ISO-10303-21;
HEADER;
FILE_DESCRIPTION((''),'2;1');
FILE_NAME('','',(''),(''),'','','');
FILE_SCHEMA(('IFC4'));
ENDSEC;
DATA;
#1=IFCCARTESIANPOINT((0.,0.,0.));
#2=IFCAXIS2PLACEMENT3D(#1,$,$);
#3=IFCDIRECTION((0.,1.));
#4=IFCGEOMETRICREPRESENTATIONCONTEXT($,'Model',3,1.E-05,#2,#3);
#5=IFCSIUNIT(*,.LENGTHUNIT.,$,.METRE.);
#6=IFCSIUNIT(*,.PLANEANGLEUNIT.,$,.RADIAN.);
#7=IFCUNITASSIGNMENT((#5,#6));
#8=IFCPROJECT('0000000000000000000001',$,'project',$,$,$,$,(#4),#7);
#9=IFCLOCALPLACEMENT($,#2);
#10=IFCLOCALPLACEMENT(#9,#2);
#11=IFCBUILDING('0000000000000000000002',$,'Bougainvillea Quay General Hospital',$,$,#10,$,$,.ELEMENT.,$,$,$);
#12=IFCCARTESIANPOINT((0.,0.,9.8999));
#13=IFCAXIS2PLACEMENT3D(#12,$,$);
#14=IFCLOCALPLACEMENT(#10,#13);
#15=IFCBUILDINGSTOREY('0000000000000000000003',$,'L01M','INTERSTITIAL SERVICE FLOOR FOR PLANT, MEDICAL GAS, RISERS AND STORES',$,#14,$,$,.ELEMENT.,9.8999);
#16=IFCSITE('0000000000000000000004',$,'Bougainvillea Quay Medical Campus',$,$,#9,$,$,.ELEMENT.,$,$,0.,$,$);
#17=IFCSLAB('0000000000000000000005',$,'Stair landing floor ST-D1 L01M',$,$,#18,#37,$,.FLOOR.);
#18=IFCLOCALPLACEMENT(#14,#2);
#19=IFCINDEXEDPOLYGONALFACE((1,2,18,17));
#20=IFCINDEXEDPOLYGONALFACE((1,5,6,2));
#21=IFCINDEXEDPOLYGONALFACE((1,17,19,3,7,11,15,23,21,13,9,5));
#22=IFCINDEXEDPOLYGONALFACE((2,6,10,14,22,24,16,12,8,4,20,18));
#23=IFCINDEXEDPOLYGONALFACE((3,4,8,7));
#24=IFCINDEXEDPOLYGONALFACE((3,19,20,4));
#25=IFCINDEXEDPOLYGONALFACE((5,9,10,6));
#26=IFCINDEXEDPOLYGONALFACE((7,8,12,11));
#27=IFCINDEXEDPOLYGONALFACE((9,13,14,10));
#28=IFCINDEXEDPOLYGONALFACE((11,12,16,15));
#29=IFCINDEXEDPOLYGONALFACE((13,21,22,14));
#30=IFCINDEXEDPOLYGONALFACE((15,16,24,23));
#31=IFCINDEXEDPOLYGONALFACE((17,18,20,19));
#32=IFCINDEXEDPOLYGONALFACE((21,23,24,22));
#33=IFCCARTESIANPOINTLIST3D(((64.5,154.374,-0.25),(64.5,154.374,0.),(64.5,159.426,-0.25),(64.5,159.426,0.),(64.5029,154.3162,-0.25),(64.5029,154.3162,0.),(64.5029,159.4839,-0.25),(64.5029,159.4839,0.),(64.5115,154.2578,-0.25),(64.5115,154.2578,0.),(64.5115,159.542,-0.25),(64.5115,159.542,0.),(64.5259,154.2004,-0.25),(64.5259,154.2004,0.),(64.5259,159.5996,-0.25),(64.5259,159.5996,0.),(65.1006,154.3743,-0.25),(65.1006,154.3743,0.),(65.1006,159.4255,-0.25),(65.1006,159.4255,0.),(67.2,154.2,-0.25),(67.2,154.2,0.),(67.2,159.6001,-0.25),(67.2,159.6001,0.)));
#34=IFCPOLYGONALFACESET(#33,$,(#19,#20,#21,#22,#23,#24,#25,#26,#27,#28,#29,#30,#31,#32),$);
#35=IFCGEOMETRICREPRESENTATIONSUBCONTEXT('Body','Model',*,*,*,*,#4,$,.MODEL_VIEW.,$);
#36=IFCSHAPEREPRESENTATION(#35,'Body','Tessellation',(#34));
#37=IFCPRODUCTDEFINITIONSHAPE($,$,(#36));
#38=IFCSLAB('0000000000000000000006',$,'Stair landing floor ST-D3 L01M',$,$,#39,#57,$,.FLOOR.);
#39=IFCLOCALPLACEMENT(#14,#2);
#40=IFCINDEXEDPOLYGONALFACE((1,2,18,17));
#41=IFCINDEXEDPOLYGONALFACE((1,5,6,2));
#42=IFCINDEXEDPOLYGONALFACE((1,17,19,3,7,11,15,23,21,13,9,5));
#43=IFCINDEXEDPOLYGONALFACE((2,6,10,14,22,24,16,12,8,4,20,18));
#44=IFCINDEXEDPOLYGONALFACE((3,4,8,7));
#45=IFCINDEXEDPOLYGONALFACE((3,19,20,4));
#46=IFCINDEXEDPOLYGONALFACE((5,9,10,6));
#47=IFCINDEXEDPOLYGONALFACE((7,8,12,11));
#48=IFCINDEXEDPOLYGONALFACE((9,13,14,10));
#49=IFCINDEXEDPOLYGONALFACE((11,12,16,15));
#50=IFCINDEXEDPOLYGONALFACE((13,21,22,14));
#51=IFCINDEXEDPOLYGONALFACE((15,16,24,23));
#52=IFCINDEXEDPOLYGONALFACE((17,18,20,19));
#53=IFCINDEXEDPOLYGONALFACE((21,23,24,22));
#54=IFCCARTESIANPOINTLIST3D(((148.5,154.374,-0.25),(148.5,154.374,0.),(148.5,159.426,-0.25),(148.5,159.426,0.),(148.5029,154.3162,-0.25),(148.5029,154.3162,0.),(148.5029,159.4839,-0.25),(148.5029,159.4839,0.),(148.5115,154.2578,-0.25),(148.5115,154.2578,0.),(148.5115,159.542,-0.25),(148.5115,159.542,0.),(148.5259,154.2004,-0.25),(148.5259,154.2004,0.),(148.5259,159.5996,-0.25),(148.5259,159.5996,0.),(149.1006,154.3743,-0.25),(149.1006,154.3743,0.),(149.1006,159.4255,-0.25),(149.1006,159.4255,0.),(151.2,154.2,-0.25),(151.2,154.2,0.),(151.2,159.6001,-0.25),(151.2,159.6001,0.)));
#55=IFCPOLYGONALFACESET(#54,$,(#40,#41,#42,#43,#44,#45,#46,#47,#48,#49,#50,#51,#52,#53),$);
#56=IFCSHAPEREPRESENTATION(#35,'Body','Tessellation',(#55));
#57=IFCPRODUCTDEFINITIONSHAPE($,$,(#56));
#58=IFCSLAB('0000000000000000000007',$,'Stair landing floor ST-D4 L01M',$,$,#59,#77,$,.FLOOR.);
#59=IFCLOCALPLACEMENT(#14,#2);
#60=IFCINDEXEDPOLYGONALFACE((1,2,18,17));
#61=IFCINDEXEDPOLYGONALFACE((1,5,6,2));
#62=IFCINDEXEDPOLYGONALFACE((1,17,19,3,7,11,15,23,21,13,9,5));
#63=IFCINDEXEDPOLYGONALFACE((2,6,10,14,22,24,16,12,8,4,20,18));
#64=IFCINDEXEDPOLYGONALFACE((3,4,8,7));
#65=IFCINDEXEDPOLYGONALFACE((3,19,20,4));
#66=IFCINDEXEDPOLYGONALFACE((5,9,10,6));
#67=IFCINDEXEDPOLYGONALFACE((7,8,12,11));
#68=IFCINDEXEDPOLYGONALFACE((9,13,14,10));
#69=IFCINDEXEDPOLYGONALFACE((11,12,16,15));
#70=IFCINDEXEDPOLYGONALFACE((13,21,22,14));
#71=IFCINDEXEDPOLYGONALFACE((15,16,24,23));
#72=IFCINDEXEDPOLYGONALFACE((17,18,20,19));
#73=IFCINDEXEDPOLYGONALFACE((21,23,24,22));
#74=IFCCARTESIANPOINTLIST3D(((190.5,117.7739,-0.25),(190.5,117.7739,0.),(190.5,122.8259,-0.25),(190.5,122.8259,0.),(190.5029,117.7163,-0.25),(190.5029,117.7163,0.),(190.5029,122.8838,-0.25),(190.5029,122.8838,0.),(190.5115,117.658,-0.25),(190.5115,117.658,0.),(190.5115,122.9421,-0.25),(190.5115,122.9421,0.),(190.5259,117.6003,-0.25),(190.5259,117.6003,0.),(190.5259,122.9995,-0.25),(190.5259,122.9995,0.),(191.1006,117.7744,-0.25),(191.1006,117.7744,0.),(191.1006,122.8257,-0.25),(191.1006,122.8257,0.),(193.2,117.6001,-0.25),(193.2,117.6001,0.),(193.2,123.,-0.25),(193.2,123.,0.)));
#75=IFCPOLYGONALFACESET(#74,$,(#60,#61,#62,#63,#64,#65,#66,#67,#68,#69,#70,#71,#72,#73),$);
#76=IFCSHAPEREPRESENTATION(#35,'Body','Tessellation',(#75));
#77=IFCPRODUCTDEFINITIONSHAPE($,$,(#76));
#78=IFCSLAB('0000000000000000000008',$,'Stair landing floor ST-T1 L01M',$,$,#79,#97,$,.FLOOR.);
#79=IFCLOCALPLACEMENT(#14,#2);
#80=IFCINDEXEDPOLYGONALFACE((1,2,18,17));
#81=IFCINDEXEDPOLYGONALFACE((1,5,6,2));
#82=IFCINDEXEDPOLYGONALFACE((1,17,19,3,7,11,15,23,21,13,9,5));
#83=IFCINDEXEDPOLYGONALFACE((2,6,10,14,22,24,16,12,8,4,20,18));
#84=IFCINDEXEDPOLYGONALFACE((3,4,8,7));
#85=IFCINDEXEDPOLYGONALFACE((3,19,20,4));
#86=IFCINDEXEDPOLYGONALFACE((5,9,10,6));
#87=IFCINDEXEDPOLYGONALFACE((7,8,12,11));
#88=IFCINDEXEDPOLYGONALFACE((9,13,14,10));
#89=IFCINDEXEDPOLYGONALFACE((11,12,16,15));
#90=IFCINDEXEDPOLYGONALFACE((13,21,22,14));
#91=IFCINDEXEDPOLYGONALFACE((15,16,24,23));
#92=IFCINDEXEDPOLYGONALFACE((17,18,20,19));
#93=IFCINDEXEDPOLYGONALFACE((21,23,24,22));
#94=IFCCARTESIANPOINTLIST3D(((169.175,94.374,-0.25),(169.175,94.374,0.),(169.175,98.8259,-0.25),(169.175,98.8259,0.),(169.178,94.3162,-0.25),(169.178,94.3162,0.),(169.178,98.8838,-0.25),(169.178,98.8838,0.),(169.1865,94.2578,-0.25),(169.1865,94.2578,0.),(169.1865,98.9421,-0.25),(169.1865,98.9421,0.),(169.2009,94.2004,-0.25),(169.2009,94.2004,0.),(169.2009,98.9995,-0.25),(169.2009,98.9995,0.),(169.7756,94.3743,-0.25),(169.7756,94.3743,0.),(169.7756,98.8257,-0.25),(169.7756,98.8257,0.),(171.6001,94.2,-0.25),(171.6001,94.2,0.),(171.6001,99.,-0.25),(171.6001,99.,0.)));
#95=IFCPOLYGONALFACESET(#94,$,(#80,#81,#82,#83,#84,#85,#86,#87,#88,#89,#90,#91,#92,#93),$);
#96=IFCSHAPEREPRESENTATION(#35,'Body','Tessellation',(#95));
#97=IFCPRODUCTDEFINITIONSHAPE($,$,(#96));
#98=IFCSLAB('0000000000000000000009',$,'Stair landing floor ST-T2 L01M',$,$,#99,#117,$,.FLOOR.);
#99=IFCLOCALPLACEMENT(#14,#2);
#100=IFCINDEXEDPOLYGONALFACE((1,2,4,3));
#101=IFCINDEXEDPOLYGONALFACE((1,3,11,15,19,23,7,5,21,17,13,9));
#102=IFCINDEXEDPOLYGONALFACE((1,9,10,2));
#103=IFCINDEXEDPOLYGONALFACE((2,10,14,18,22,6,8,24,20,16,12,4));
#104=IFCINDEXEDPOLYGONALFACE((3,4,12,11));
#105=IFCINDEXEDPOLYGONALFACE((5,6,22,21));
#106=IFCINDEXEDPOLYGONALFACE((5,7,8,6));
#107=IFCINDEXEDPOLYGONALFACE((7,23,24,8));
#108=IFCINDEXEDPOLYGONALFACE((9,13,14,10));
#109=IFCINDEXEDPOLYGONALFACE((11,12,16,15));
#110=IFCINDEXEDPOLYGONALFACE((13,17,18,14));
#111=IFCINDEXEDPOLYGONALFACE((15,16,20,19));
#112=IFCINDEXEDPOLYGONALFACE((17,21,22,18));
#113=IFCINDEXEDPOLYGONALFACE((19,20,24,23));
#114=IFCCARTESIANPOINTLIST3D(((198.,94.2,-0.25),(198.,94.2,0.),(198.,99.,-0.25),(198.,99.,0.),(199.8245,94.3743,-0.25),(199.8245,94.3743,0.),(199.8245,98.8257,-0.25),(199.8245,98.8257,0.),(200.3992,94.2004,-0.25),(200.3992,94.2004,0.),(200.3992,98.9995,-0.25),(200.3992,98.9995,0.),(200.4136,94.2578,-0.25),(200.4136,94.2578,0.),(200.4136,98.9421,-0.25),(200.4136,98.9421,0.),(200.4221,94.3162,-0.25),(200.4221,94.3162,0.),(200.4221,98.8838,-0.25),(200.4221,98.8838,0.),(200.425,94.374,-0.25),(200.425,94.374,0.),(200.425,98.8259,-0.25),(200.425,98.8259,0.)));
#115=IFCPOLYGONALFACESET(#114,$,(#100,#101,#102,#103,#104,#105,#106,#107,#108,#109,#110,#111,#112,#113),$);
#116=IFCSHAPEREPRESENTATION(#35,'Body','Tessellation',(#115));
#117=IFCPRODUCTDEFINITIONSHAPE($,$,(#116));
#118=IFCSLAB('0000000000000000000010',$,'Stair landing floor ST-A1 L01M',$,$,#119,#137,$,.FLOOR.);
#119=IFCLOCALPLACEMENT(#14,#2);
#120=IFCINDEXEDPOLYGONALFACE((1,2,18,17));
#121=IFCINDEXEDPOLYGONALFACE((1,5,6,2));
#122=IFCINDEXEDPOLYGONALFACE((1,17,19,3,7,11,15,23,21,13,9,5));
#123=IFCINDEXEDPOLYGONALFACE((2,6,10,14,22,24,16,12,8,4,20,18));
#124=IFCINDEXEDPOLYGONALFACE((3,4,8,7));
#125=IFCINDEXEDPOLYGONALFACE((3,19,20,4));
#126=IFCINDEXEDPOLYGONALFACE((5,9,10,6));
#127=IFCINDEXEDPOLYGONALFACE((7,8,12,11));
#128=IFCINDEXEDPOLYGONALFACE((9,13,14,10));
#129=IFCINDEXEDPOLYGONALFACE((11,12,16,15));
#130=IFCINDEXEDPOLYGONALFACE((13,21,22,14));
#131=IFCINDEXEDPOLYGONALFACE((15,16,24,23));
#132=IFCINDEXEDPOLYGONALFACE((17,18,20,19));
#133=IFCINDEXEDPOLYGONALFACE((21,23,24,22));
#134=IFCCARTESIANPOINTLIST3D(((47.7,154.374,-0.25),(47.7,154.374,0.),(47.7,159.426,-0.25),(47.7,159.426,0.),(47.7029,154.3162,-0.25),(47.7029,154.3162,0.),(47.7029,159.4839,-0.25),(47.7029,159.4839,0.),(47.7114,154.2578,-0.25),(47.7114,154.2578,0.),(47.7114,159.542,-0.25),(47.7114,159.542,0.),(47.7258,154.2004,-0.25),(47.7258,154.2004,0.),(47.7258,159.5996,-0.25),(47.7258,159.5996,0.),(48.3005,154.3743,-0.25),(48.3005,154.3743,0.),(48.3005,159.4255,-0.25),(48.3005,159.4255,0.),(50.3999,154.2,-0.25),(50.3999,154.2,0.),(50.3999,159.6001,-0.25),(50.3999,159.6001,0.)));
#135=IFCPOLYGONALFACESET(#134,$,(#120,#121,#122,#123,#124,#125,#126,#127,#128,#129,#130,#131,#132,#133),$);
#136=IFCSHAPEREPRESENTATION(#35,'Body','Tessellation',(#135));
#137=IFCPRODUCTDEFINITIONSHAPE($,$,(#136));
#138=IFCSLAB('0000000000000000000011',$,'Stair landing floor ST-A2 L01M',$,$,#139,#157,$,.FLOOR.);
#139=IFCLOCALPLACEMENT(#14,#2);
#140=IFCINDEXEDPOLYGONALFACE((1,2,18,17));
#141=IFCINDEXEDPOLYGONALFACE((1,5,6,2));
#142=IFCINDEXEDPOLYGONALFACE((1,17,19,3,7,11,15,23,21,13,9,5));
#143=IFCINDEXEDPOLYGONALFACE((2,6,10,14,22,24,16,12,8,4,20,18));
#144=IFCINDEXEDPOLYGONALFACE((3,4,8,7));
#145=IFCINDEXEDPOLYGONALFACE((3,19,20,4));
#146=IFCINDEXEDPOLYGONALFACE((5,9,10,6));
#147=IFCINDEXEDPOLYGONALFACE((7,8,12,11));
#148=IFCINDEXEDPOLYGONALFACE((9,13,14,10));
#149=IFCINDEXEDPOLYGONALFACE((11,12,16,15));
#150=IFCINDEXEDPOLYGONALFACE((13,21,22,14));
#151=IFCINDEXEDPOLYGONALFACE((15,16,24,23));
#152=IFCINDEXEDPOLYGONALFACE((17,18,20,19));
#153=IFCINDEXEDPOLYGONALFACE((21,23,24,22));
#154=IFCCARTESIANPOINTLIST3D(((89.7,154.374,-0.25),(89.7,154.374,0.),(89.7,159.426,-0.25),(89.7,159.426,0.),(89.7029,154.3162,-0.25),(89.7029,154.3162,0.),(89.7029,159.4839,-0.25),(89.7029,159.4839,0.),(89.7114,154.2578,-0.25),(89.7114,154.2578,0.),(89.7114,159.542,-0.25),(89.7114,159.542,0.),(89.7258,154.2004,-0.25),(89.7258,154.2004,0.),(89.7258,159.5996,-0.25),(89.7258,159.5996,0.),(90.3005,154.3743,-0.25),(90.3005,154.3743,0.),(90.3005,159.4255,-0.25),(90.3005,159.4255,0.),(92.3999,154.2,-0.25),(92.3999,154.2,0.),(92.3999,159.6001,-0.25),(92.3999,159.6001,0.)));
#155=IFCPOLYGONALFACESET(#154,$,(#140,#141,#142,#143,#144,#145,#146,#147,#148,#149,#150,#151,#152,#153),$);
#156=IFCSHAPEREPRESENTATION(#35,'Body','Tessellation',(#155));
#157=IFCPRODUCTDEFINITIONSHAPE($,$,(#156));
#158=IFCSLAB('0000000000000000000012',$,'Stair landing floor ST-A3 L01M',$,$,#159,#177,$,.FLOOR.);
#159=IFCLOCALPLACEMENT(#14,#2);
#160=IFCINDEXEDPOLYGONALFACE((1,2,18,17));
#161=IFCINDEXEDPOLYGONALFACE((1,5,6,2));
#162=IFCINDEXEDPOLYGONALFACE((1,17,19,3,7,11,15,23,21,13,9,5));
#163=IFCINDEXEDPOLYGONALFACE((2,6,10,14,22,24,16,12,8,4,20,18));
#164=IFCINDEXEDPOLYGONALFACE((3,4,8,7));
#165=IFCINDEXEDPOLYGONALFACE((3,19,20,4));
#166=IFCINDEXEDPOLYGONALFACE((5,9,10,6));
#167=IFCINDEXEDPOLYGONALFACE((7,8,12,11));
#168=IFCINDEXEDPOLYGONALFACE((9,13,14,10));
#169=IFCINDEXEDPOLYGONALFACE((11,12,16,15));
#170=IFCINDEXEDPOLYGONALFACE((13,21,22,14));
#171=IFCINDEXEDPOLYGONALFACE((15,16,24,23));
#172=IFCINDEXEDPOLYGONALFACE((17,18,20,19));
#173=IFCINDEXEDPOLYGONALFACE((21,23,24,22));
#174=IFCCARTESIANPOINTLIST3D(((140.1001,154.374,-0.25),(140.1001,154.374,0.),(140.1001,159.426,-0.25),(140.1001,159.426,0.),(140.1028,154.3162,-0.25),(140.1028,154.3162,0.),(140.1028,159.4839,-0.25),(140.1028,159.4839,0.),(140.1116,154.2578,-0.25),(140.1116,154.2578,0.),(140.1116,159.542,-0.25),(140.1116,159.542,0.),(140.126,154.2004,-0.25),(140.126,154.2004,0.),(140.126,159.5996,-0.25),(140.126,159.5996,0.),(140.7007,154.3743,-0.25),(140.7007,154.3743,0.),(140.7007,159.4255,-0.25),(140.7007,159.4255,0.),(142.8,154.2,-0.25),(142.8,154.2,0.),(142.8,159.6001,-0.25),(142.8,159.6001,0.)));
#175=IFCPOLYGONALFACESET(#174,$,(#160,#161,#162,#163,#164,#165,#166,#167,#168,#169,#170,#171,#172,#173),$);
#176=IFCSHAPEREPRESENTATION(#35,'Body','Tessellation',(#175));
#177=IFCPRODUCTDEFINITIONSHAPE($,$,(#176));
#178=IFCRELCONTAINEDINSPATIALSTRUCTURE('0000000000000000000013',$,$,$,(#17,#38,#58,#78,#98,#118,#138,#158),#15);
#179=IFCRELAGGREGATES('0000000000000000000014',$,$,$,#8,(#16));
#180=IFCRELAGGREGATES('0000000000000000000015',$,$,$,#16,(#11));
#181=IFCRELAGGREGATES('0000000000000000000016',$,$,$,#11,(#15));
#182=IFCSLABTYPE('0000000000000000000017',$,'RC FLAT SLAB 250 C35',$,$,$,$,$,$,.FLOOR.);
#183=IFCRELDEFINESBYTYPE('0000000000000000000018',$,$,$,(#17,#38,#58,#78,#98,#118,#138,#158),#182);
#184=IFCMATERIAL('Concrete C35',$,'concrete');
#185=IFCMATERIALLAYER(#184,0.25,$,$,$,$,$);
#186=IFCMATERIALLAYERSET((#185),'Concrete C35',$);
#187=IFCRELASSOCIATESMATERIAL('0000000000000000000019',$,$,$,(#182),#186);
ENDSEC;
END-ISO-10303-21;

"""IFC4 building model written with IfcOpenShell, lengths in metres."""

from ifc_helpers import new_model, si_unit, direction, frame, origin, place, context, subcontext, project, spatial, polyline, outline, extrude, material, layer, layer_set, type_object, element, save


model = new_model("IFC4")

# Units and contexts
model_context = context("Model", 3, precision=1e-05, world=origin(), true_north=direction((0.0, 1.0)))
body_context = subcontext(model_context, "Body", "Model", "MODEL_VIEW")
ifc_project = project(units=[si_unit("LENGTHUNIT", "METRE"), si_unit("PLANEANGLEUNIT", "RADIAN")], contexts=[model_context])

# Site, building, storey
site_placement = place(None, origin())
site = spatial("IfcSite", under=ifc_project, at=site_placement, Name="Bougainvillea Quay Medical Campus", CompositionType="ELEMENT", RefElevation=0.0)
building_placement = place(site_placement, origin())
building = spatial("IfcBuilding", under=site, at=building_placement, Name="Bougainvillea Quay General Hospital", CompositionType="ELEMENT")
storey_placement = place(building_placement, frame((0.0, 0.0, 9.8999)))
storey = spatial("IfcBuildingStorey", under=building, at=storey_placement, Name="L01M", Description="INTERSTITIAL SERVICE FLOOR FOR PLANT, MEDICAL GAS, RISERS AND STORES", CompositionType="ELEMENT", Elevation=9.8999)

# Slabs
ifc_material_1 = material(Name="Concrete C35", Category="concrete")
ifc_layer_1 = layer(ifc_material_1, 0.25)
ifc_layer_set_1 = layer_set([ifc_layer_1], Name="Concrete C35")
slab_type_1 = type_object("IfcSlabType", Name="RC FLAT SLAB 250 C35", PredefinedType="FLOOR", material=ifc_layer_set_1)
slab_1_placement = place(storey_placement, frame((0.0, 0.0, -0.25)))
element("IfcSlab", 1, at=slab_1_placement, inside=storey, type_object=slab_type_1, Name="Stair landing floor ST-D1 L01M", PredefinedType="FLOOR", context=body_context, shape_type="SweptSolid", body=[
    extrude(outline(polyline([(64.5029, 159.4839), (64.5115, 159.542), (64.5259, 159.5996), (67.2, 159.6001), (67.2, 154.2), (64.5259, 154.2004), (64.5115, 154.2578), (64.5029, 154.3162), (64.5, 154.374), (65.1006, 154.3743), (65.1006, 159.4255), (64.5, 159.426), (64.5029, 159.4839)])), origin(), (0.0, 0.0, 1.0), 0.25),
])
slab_2_placement = place(storey_placement, frame((0.0, 0.0, -0.25)))
element("IfcSlab", 2, at=slab_2_placement, inside=storey, type_object=slab_type_1, Name="Stair landing floor ST-D3 L01M", PredefinedType="FLOOR", context=body_context, shape_type="SweptSolid", body=[
    extrude(outline(polyline([(148.5029, 159.4839), (148.5115, 159.542), (148.5259, 159.5996), (151.2, 159.6001), (151.2, 154.2), (148.5259, 154.2004), (148.5115, 154.2578), (148.5029, 154.3162), (148.5, 154.374), (149.1006, 154.3743), (149.1006, 159.4255), (148.5, 159.426), (148.5029, 159.4839)])), origin(), (0.0, 0.0, 1.0), 0.25),
])
slab_3_placement = place(storey_placement, frame((0.0, 0.0, -0.25)))
element("IfcSlab", 3, at=slab_3_placement, inside=storey, type_object=slab_type_1, Name="Stair landing floor ST-D4 L01M", PredefinedType="FLOOR", context=body_context, shape_type="SweptSolid", body=[
    extrude(outline(polyline([(190.5029, 122.8838), (190.5115, 122.9421), (190.5259, 122.9995), (193.2, 123.0), (193.2, 117.6001), (190.5259, 117.6003), (190.5115, 117.658), (190.5029, 117.7163), (190.5, 117.7739), (191.1006, 117.7744), (191.1006, 122.8257), (190.5, 122.8259), (190.5029, 122.8838)])), origin(), (0.0, 0.0, 1.0), 0.25),
])
slab_4_placement = place(storey_placement, frame((0.0, 0.0, -0.25)))
element("IfcSlab", 4, at=slab_4_placement, inside=storey, type_object=slab_type_1, Name="Stair landing floor ST-T1 L01M", PredefinedType="FLOOR", context=body_context, shape_type="SweptSolid", body=[
    extrude(outline(polyline([(169.178, 98.8838), (169.1865, 98.9421), (169.2009, 98.9995), (171.6001, 99.0), (171.6001, 94.2), (169.2009, 94.2004), (169.1865, 94.2578), (169.178, 94.3162), (169.175, 94.374), (169.7756, 94.3743), (169.7756, 98.8257), (169.175, 98.8259), (169.178, 98.8838)])), origin(), (0.0, 0.0, 1.0), 0.25),
])
slab_5_placement = place(storey_placement, frame((0.0, 0.0, -0.25)))
element("IfcSlab", 5, at=slab_5_placement, inside=storey, type_object=slab_type_1, Name="Stair landing floor ST-T2 L01M", PredefinedType="FLOOR", context=body_context, shape_type="SweptSolid", body=[
    extrude(outline(polyline([(200.4221, 94.3162), (200.4136, 94.2578), (200.3992, 94.2004), (198.0, 94.2), (198.0, 99.0), (200.3992, 98.9995), (200.4136, 98.9421), (200.4221, 98.8838), (200.425, 98.8259), (199.8245, 98.8257), (199.8245, 94.3743), (200.425, 94.374), (200.4221, 94.3162)])), origin(), (0.0, 0.0, 1.0), 0.25),
])
slab_6_placement = place(storey_placement, frame((0.0, 0.0, -0.25)))
element("IfcSlab", 6, at=slab_6_placement, inside=storey, type_object=slab_type_1, Name="Stair landing floor ST-A1 L01M", PredefinedType="FLOOR", context=body_context, shape_type="SweptSolid", body=[
    extrude(outline(polyline([(47.7029, 159.4839), (47.7114, 159.542), (47.7258, 159.5996), (50.3999, 159.6001), (50.3999, 154.2), (47.7258, 154.2004), (47.7114, 154.2578), (47.7029, 154.3162), (47.7, 154.374), (48.3005, 154.3743), (48.3005, 159.4255), (47.7, 159.426), (47.7029, 159.4839)])), origin(), (0.0, 0.0, 1.0), 0.25),
])
slab_7_placement = place(storey_placement, frame((0.0, 0.0, -0.25)))
element("IfcSlab", 7, at=slab_7_placement, inside=storey, type_object=slab_type_1, Name="Stair landing floor ST-A2 L01M", PredefinedType="FLOOR", context=body_context, shape_type="SweptSolid", body=[
    extrude(outline(polyline([(89.7029, 159.4839), (89.7114, 159.542), (89.7258, 159.5996), (92.3999, 159.6001), (92.3999, 154.2), (89.7258, 154.2004), (89.7114, 154.2578), (89.7029, 154.3162), (89.7, 154.374), (90.3005, 154.3743), (90.3005, 159.4255), (89.7, 159.426), (89.7029, 159.4839)])), origin(), (0.0, 0.0, 1.0), 0.25),
])
slab_8_placement = place(storey_placement, frame((0.0, 0.0, -0.25)))
element("IfcSlab", 8, at=slab_8_placement, inside=storey, type_object=slab_type_1, Name="Stair landing floor ST-A3 L01M", PredefinedType="FLOOR", context=body_context, shape_type="SweptSolid", body=[
    extrude(outline(polyline([(140.1028, 159.4839), (140.1116, 159.542), (140.126, 159.5996), (142.8, 159.6001), (142.8, 154.2), (140.126, 154.2004), (140.1116, 154.2578), (140.1028, 154.3162), (140.1001, 154.374), (140.7007, 154.3743), (140.7007, 159.4255), (140.1001, 159.426), (140.1028, 159.4839)])), origin(), (0.0, 0.0, 1.0), 0.25),
])

save(model, "model.ifc")
